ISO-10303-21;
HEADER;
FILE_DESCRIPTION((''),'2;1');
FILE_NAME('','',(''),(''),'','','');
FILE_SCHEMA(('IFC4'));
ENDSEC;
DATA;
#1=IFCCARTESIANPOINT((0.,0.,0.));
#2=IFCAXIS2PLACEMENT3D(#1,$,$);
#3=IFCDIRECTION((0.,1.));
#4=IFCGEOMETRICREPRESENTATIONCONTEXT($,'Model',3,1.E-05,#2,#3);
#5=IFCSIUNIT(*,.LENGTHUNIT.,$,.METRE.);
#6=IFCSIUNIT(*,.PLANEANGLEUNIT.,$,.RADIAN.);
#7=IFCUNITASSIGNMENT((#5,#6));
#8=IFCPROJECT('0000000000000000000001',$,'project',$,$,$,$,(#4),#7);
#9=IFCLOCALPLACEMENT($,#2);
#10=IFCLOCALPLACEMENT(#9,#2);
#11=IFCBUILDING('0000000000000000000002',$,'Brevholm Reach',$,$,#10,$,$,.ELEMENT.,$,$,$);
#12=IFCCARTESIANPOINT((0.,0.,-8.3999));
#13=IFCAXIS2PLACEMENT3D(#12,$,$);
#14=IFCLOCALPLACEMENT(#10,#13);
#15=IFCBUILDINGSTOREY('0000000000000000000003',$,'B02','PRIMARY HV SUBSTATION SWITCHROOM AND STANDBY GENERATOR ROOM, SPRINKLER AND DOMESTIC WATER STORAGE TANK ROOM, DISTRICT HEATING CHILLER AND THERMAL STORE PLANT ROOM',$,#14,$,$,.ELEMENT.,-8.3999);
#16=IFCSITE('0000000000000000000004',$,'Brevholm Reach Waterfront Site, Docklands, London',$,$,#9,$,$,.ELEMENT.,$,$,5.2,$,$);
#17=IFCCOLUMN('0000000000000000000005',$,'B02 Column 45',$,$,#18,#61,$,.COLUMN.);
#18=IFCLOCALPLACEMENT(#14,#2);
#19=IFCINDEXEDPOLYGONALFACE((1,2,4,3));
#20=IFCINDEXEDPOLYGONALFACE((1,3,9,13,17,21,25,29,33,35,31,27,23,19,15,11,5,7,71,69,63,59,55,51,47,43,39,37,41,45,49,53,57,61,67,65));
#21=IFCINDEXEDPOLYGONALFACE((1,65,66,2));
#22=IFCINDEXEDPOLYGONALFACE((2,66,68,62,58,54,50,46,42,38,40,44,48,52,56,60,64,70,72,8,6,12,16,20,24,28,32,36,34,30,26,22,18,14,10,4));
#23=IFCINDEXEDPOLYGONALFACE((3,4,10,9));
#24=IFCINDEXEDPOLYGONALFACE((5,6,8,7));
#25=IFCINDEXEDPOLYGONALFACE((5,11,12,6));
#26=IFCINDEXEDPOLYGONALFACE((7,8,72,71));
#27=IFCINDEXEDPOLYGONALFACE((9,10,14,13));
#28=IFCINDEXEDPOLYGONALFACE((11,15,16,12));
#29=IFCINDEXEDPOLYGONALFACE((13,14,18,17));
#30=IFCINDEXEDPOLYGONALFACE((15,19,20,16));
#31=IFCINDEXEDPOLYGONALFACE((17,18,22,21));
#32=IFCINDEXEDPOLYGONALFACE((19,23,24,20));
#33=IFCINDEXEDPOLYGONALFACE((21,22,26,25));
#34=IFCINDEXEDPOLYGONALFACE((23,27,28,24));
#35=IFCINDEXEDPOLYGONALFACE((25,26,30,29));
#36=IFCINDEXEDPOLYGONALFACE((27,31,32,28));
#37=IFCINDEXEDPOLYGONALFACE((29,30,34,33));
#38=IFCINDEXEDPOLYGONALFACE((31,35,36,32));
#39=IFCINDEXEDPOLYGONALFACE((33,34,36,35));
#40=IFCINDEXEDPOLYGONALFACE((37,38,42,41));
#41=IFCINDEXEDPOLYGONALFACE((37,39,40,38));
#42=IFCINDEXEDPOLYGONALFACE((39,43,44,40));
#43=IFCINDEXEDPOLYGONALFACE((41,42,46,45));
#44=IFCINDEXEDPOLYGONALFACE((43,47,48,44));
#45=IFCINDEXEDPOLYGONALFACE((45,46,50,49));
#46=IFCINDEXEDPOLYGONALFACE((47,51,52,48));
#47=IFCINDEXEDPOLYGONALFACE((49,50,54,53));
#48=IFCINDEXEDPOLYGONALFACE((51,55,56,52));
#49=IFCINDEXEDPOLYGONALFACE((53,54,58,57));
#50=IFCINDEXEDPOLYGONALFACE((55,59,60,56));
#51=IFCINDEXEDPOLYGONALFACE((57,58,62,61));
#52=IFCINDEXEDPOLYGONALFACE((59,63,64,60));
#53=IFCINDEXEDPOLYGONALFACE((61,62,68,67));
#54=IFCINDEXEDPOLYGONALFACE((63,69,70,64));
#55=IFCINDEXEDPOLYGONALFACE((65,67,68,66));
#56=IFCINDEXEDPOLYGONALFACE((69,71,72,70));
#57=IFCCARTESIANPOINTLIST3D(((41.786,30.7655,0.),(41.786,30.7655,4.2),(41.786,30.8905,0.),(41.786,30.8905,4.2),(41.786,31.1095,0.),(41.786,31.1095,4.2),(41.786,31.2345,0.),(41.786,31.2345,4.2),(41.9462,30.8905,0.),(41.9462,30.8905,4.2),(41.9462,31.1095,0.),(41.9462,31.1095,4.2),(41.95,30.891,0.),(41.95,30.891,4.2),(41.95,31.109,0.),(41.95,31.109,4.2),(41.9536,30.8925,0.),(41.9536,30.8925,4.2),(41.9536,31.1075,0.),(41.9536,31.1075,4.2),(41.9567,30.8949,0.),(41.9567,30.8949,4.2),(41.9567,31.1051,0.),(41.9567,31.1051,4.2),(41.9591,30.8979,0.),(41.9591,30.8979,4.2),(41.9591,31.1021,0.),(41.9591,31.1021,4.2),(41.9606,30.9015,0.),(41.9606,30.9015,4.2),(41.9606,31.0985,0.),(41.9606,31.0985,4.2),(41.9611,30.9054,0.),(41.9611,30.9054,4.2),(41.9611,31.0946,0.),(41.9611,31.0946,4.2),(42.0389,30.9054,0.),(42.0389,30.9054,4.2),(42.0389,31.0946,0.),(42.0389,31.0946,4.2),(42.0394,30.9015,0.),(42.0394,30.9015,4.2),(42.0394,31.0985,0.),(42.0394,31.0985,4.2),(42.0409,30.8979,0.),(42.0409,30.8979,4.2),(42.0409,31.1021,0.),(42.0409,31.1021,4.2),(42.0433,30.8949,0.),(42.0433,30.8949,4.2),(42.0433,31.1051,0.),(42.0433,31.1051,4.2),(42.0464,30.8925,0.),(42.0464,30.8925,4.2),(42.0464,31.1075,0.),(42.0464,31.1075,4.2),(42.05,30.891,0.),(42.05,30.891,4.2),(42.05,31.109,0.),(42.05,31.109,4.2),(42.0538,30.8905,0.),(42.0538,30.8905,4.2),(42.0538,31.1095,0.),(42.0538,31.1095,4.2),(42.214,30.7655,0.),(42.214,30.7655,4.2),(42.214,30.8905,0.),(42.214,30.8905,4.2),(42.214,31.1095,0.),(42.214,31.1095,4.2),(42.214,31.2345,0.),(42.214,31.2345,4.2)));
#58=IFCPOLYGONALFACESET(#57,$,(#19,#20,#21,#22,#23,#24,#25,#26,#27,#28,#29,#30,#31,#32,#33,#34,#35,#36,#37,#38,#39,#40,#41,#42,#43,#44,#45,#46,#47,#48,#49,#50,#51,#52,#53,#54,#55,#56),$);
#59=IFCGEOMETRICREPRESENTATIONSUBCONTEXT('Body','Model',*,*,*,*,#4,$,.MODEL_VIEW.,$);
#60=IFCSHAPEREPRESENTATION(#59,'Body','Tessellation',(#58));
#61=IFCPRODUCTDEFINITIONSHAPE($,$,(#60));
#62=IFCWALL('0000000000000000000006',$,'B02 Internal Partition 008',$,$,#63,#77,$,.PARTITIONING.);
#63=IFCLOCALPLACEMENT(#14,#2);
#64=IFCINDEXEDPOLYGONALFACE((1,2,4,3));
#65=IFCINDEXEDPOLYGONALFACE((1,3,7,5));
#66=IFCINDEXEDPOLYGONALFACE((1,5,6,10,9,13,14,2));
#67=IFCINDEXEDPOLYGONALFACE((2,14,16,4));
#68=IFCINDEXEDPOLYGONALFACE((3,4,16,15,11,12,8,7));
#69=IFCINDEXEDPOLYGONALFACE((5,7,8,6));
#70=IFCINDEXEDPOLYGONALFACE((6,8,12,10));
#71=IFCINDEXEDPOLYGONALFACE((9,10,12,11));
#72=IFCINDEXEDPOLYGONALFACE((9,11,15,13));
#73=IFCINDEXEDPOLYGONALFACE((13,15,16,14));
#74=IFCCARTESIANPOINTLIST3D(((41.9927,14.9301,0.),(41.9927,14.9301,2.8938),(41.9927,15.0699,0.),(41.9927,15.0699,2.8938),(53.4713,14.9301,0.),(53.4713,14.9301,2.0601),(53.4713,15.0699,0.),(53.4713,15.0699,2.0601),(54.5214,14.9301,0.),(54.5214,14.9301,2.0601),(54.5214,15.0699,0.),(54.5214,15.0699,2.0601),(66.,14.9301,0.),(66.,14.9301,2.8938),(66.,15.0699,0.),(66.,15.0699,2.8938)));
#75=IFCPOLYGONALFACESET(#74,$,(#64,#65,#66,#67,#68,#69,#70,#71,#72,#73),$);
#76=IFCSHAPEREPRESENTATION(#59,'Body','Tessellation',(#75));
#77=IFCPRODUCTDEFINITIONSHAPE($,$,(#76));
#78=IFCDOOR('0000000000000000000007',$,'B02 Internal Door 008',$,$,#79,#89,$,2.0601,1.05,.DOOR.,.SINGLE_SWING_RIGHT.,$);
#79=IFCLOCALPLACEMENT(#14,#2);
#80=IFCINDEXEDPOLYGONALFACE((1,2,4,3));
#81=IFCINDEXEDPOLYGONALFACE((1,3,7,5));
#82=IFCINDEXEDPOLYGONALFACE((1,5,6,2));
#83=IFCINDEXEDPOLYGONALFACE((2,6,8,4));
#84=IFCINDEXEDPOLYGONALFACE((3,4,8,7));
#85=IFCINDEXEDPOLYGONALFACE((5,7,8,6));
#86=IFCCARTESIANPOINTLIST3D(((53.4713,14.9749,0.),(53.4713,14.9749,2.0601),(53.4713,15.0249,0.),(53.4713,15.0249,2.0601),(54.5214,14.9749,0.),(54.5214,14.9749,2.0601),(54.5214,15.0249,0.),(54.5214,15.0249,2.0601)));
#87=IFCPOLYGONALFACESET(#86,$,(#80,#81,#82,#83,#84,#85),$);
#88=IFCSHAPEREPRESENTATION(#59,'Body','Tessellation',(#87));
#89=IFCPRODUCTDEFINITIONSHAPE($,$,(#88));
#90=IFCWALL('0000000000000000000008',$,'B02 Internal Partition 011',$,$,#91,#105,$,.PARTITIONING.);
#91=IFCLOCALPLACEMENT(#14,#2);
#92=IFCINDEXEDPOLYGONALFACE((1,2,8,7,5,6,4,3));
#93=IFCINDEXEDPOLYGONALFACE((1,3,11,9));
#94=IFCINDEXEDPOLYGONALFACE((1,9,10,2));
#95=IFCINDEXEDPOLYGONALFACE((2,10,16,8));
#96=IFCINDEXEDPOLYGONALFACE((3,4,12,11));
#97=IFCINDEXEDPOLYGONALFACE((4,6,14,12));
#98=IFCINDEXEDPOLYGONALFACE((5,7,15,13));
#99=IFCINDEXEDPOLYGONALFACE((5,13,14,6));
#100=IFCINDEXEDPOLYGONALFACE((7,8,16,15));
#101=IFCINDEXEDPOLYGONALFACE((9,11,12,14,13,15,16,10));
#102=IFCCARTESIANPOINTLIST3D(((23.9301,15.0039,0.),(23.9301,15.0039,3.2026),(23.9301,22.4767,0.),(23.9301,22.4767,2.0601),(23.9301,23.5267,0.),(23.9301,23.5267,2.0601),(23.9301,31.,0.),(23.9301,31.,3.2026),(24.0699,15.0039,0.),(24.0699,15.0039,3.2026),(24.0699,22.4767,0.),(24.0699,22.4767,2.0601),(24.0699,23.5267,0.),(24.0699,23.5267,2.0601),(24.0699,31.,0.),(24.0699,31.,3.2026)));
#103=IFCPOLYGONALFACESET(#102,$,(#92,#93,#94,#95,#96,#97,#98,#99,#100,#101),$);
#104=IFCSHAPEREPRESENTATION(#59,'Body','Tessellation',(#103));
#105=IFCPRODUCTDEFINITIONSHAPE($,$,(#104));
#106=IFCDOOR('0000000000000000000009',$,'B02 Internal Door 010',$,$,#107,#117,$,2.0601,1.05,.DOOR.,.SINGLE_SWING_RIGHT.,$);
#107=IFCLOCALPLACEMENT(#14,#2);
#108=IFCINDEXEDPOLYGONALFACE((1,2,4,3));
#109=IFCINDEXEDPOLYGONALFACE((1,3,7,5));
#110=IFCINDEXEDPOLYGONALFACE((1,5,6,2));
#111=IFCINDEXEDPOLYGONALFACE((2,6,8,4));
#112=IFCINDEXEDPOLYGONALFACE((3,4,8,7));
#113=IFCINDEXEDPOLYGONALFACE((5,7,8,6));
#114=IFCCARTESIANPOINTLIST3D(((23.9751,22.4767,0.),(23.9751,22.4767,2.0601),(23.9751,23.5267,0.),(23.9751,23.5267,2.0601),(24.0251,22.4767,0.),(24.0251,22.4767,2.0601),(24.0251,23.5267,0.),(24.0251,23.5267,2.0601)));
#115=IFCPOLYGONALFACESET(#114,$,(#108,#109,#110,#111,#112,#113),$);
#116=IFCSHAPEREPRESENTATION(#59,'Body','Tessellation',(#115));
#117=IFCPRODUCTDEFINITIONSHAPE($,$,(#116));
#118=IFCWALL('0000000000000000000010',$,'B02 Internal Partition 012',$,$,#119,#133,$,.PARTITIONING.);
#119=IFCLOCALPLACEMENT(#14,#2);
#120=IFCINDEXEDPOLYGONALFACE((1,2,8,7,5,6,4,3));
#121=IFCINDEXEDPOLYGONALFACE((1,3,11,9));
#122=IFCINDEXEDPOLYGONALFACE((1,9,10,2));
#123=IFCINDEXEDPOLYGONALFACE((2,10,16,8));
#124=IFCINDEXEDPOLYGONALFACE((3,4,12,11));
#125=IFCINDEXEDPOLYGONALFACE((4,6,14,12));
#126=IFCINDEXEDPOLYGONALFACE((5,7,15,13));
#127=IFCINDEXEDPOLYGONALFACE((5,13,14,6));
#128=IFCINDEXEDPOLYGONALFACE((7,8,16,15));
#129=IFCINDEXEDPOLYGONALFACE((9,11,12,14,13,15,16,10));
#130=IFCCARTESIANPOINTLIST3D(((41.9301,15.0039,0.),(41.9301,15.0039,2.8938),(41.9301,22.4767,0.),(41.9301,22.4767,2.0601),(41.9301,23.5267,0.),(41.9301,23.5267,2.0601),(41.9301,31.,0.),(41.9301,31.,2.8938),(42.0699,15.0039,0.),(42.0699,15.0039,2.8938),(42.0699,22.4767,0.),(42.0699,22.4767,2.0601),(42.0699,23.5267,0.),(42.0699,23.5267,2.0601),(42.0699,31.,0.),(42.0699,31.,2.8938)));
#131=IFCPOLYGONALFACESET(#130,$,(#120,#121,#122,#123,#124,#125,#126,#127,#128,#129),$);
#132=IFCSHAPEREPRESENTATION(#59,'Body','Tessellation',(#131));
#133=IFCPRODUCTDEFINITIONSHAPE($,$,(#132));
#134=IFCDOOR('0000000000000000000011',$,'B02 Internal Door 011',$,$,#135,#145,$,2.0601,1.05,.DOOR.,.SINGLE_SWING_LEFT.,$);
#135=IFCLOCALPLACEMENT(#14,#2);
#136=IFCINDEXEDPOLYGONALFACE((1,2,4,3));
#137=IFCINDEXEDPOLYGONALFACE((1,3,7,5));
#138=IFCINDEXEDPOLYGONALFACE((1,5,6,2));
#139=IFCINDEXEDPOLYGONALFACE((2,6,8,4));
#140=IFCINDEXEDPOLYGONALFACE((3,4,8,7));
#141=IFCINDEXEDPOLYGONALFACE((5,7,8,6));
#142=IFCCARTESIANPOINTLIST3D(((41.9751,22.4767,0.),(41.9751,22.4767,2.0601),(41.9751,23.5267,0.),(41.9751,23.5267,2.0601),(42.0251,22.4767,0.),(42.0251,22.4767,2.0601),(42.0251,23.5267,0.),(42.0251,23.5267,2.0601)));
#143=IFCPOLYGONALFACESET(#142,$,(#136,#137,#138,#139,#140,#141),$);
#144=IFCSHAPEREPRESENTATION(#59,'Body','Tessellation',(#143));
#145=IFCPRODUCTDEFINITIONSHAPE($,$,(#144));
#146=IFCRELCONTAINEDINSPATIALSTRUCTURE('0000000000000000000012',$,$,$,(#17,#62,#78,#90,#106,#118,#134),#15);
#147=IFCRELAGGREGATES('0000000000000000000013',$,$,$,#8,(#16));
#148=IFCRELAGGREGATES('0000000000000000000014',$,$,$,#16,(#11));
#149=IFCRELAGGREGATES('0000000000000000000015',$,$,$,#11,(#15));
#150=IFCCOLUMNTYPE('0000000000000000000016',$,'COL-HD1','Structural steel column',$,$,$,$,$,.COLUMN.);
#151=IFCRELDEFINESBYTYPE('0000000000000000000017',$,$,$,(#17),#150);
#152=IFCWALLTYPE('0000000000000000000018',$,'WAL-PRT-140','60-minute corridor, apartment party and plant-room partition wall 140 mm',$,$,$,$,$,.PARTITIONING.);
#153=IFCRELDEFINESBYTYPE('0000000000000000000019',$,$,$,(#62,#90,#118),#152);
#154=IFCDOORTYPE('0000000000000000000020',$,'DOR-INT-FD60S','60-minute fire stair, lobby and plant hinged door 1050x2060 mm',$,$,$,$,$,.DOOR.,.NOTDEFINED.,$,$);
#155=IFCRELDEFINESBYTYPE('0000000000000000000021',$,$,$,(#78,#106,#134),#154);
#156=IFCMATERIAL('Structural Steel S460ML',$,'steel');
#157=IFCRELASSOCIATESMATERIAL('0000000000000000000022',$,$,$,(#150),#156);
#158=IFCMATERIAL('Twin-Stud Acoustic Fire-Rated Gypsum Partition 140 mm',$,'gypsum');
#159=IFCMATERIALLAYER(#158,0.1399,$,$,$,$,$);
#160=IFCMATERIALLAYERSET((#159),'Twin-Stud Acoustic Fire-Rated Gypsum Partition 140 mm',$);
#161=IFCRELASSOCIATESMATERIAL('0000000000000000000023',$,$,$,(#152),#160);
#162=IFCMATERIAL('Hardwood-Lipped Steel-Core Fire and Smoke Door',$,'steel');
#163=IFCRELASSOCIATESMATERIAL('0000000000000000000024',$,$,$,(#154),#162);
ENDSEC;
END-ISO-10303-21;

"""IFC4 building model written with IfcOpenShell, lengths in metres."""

from ifc_helpers import new_model, si_unit, direction, frame, frame_2d, origin, origin_2d, place, context, subcontext, project, spatial, rectangle, i_section, extrude, material, layer, layer_set, material_profile, profile_set, type_object, element, fill, save


model = new_model("IFC4")

# Units and contexts
model_context = context("Model", 3, precision=1e-05, world=origin(), true_north=direction((0.0, 1.0)))
body_context = subcontext(model_context, "Body", "Model", "MODEL_VIEW")
ifc_project = project(units=[si_unit("LENGTHUNIT", "METRE"), si_unit("PLANEANGLEUNIT", "RADIAN")], contexts=[model_context])

# Site, building, storey
site_placement = place(None, origin())
site = spatial("IfcSite", under=ifc_project, at=site_placement, Name="Brevholm Reach Waterfront Site, Docklands, London", CompositionType="ELEMENT", RefElevation=5.2)
building_placement = place(site_placement, origin())
building = spatial("IfcBuilding", under=site, at=building_placement, Name="Brevholm Reach", CompositionType="ELEMENT")
storey_placement = place(building_placement, frame((0.0, 0.0, -8.3999)))
storey = spatial("IfcBuildingStorey", under=building, at=storey_placement, Name="B02", Description="PRIMARY HV SUBSTATION SWITCHROOM AND STANDBY GENERATOR ROOM, SPRINKLER AND DOMESTIC WATER STORAGE TANK ROOM, DISTRICT HEATING CHILLER AND THERMAL STORE PLANT ROOM", CompositionType="ELEMENT", Elevation=-8.3999)

# Column
ifc_material_1 = material(Name="Structural Steel S460ML", Category="steel")
ifc_material_profile_1 = material_profile(ifc_material_1, i_section(OverallWidth=0.428, OverallDepth=0.469, WebThickness=0.0779, FlangeThickness=0.125, FilletRadius=0.0149, at=origin_2d()), Name="HD 400x1086")
ifc_profile_set_1 = profile_set([ifc_material_profile_1], Name="Structural Steel S460ML")
column_type = type_object("IfcColumnType", Name="COL-HD1", Description="Structural steel column", PredefinedType="COLUMN", material=ifc_profile_set_1)
for number, where, z_axis, x_axis, name in (
    (1, (42.0, 31.0, 0.0), (0.0, 0.0, 1.0), (1.0, 0.0, 0.0), "B02 Column 45"),
):
    element("IfcColumn", number, at=place(storey_placement, frame(where, z_axis=z_axis, x_axis=x_axis)), inside=storey, type_object=column_type, Name=name, PredefinedType="COLUMN", context=body_context, shape_type="SweptSolid", body=[
        extrude(i_section(OverallWidth=0.428, OverallDepth=0.469, WebThickness=0.0779, FlangeThickness=0.125, FilletRadius=0.0149, at=origin_2d()), origin(), (0.0, 0.0, 1.0), 4.2),
    ])

# Walls, openings, doors
ifc_material_2 = material(Name="Twin-Stud Acoustic Fire-Rated Gypsum Partition 140 mm", Category="gypsum")
ifc_layer = layer(ifc_material_2, 0.1399)
ifc_layer_set = layer_set([ifc_layer], Name="Twin-Stud Acoustic Fire-Rated Gypsum Partition 140 mm")
wall_type = type_object("IfcWallType", Name="WAL-PRT-140", Description="60-minute corridor, apartment party and plant-room partition wall 140 mm", PredefinedType="PARTITIONING", material=ifc_layer_set)
wall_1_placement = place(storey_placement, frame((41.9927, 15.0, 0.0), z_axis=(0.0, 0.0, 1.0), x_axis=(1.0, 0.0, 0.0)))
wall_1 = element("IfcWall", 2, at=wall_1_placement, inside=storey, type_object=wall_type, Name="B02 Internal Partition 008", PredefinedType="PARTITIONING", context=body_context, shape_type="SweptSolid", body=[
    extrude(rectangle(XDim=24.0073, YDim=0.1399, at=frame_2d((12.0037, 0.0))), origin(), (0.0, 0.0, 1.0), 2.8938),
])
opening_1_placement = place(wall_1_placement, frame((11.4788, 0.0, 0.0)))
opening_1 = element("IfcOpeningElement", 3, at=opening_1_placement, cuts=wall_1, PredefinedType="OPENING", context=body_context, shape_type="SweptSolid", body=[
    extrude(rectangle(XDim=1.05, YDim=2.0601, at=frame_2d((0.5249, 1.03))), frame((0.0, 0.0798, 0.0), z_axis=(0.0, -1.0, 0.0), x_axis=(1.0, 0.0, 0.0)), (0.0, 0.0, 1.0), 0.1599),
])
ifc_material_3 = material(Name="Hardwood-Lipped Steel-Core Fire and Smoke Door", Category="steel")
door_type = type_object("IfcDoorType", Name="DOR-INT-FD60S", Description="60-minute fire stair, lobby and plant hinged door 1050x2060 mm", OperationType="NOTDEFINED", PredefinedType="DOOR", material=ifc_material_3)
door_1_placement = place(opening_1_placement, origin())
door_1 = element("IfcDoor", 4, at=door_1_placement, inside=storey, type_object=door_type, Name="B02 Internal Door 008", OperationType="SINGLE_SWING_RIGHT", OverallHeight=2.0601, OverallWidth=1.05, PredefinedType="DOOR", context=body_context, shape_type="SweptSolid", body=[
    extrude(rectangle(XDim=1.05, YDim=2.0601, at=frame_2d((0.5249, 1.03))), frame((0.0, 0.0249, 0.0), z_axis=(0.0, -1.0, 0.0), x_axis=(1.0, 0.0, 0.0)), (0.0, 0.0, 1.0), 0.05),
])
fill(opening_1, door_1)
wall_2_placement = place(storey_placement, frame((24.0, 15.0039, 0.0), z_axis=(0.0, 0.0, 1.0), x_axis=(0.0, 1.0, 0.0)))
wall_2 = element("IfcWall", 5, at=wall_2_placement, inside=storey, type_object=wall_type, Name="B02 Internal Partition 011", PredefinedType="PARTITIONING", context=body_context, shape_type="SweptSolid", body=[
    extrude(rectangle(XDim=15.9961, YDim=0.1399, at=frame_2d((7.998, 0.0))), origin(), (0.0, 0.0, 1.0), 3.2026),
])
opening_2_placement = place(wall_2_placement, frame((7.4729, 0.0, 0.0)))
opening_2 = element("IfcOpeningElement", 6, at=opening_2_placement, cuts=wall_2, PredefinedType="OPENING", context=body_context, shape_type="SweptSolid", body=[
    extrude(rectangle(XDim=1.05, YDim=2.0601, at=frame_2d((0.5249, 1.03))), frame((0.0, 0.0798, 0.0), z_axis=(0.0, -1.0, 0.0), x_axis=(1.0, 0.0, 0.0)), (0.0, 0.0, 1.0), 0.1599),
])
door_2_placement = place(opening_2_placement, origin())
door_2 = element("IfcDoor", 7, at=door_2_placement, inside=storey, type_object=door_type, Name="B02 Internal Door 010", OperationType="SINGLE_SWING_RIGHT", OverallHeight=2.0601, OverallWidth=1.05, PredefinedType="DOOR", context=body_context, shape_type="SweptSolid", body=[
    extrude(rectangle(XDim=1.05, YDim=2.0601, at=frame_2d((0.5249, 1.03))), frame((0.0, 0.0249, 0.0), z_axis=(0.0, -1.0, 0.0), x_axis=(1.0, 0.0, 0.0)), (0.0, 0.0, 1.0), 0.05),
])
fill(opening_2, door_2)
wall_3_placement = place(storey_placement, frame((42.0, 15.0039, 0.0), z_axis=(0.0, 0.0, 1.0), x_axis=(0.0, 1.0, 0.0)))
wall_3 = element("IfcWall", 8, at=wall_3_placement, inside=storey, type_object=wall_type, Name="B02 Internal Partition 012", PredefinedType="PARTITIONING", context=body_context, shape_type="SweptSolid", body=[
    extrude(rectangle(XDim=15.9961, YDim=0.1399, at=frame_2d((7.998, 0.0))), origin(), (0.0, 0.0, 1.0), 2.8938),
])
opening_3_placement = place(wall_3_placement, frame((7.4729, 0.0, 0.0)))
opening_3 = element("IfcOpeningElement", 9, at=opening_3_placement, cuts=wall_3, PredefinedType="OPENING", context=body_context, shape_type="SweptSolid", body=[
    extrude(rectangle(XDim=1.05, YDim=2.0601, at=frame_2d((0.5249, 1.03))), frame((0.0, 0.0798, 0.0), z_axis=(0.0, -1.0, 0.0), x_axis=(1.0, 0.0, 0.0)), (0.0, 0.0, 1.0), 0.1599),
])
door_3_placement = place(opening_3_placement, origin())
door_3 = element("IfcDoor", 10, at=door_3_placement, inside=storey, type_object=door_type, Name="B02 Internal Door 011", OperationType="SINGLE_SWING_LEFT", OverallHeight=2.0601, OverallWidth=1.05, PredefinedType="DOOR", context=body_context, shape_type="SweptSolid", body=[
    extrude(rectangle(XDim=1.05, YDim=2.0601, at=frame_2d((0.5249, 1.03))), frame((0.0, 0.0249, 0.0), z_axis=(0.0, -1.0, 0.0), x_axis=(1.0, 0.0, 0.0)), (0.0, 0.0, 1.0), 0.05),
])
fill(opening_3, door_3)

save(model, "model.ifc")
